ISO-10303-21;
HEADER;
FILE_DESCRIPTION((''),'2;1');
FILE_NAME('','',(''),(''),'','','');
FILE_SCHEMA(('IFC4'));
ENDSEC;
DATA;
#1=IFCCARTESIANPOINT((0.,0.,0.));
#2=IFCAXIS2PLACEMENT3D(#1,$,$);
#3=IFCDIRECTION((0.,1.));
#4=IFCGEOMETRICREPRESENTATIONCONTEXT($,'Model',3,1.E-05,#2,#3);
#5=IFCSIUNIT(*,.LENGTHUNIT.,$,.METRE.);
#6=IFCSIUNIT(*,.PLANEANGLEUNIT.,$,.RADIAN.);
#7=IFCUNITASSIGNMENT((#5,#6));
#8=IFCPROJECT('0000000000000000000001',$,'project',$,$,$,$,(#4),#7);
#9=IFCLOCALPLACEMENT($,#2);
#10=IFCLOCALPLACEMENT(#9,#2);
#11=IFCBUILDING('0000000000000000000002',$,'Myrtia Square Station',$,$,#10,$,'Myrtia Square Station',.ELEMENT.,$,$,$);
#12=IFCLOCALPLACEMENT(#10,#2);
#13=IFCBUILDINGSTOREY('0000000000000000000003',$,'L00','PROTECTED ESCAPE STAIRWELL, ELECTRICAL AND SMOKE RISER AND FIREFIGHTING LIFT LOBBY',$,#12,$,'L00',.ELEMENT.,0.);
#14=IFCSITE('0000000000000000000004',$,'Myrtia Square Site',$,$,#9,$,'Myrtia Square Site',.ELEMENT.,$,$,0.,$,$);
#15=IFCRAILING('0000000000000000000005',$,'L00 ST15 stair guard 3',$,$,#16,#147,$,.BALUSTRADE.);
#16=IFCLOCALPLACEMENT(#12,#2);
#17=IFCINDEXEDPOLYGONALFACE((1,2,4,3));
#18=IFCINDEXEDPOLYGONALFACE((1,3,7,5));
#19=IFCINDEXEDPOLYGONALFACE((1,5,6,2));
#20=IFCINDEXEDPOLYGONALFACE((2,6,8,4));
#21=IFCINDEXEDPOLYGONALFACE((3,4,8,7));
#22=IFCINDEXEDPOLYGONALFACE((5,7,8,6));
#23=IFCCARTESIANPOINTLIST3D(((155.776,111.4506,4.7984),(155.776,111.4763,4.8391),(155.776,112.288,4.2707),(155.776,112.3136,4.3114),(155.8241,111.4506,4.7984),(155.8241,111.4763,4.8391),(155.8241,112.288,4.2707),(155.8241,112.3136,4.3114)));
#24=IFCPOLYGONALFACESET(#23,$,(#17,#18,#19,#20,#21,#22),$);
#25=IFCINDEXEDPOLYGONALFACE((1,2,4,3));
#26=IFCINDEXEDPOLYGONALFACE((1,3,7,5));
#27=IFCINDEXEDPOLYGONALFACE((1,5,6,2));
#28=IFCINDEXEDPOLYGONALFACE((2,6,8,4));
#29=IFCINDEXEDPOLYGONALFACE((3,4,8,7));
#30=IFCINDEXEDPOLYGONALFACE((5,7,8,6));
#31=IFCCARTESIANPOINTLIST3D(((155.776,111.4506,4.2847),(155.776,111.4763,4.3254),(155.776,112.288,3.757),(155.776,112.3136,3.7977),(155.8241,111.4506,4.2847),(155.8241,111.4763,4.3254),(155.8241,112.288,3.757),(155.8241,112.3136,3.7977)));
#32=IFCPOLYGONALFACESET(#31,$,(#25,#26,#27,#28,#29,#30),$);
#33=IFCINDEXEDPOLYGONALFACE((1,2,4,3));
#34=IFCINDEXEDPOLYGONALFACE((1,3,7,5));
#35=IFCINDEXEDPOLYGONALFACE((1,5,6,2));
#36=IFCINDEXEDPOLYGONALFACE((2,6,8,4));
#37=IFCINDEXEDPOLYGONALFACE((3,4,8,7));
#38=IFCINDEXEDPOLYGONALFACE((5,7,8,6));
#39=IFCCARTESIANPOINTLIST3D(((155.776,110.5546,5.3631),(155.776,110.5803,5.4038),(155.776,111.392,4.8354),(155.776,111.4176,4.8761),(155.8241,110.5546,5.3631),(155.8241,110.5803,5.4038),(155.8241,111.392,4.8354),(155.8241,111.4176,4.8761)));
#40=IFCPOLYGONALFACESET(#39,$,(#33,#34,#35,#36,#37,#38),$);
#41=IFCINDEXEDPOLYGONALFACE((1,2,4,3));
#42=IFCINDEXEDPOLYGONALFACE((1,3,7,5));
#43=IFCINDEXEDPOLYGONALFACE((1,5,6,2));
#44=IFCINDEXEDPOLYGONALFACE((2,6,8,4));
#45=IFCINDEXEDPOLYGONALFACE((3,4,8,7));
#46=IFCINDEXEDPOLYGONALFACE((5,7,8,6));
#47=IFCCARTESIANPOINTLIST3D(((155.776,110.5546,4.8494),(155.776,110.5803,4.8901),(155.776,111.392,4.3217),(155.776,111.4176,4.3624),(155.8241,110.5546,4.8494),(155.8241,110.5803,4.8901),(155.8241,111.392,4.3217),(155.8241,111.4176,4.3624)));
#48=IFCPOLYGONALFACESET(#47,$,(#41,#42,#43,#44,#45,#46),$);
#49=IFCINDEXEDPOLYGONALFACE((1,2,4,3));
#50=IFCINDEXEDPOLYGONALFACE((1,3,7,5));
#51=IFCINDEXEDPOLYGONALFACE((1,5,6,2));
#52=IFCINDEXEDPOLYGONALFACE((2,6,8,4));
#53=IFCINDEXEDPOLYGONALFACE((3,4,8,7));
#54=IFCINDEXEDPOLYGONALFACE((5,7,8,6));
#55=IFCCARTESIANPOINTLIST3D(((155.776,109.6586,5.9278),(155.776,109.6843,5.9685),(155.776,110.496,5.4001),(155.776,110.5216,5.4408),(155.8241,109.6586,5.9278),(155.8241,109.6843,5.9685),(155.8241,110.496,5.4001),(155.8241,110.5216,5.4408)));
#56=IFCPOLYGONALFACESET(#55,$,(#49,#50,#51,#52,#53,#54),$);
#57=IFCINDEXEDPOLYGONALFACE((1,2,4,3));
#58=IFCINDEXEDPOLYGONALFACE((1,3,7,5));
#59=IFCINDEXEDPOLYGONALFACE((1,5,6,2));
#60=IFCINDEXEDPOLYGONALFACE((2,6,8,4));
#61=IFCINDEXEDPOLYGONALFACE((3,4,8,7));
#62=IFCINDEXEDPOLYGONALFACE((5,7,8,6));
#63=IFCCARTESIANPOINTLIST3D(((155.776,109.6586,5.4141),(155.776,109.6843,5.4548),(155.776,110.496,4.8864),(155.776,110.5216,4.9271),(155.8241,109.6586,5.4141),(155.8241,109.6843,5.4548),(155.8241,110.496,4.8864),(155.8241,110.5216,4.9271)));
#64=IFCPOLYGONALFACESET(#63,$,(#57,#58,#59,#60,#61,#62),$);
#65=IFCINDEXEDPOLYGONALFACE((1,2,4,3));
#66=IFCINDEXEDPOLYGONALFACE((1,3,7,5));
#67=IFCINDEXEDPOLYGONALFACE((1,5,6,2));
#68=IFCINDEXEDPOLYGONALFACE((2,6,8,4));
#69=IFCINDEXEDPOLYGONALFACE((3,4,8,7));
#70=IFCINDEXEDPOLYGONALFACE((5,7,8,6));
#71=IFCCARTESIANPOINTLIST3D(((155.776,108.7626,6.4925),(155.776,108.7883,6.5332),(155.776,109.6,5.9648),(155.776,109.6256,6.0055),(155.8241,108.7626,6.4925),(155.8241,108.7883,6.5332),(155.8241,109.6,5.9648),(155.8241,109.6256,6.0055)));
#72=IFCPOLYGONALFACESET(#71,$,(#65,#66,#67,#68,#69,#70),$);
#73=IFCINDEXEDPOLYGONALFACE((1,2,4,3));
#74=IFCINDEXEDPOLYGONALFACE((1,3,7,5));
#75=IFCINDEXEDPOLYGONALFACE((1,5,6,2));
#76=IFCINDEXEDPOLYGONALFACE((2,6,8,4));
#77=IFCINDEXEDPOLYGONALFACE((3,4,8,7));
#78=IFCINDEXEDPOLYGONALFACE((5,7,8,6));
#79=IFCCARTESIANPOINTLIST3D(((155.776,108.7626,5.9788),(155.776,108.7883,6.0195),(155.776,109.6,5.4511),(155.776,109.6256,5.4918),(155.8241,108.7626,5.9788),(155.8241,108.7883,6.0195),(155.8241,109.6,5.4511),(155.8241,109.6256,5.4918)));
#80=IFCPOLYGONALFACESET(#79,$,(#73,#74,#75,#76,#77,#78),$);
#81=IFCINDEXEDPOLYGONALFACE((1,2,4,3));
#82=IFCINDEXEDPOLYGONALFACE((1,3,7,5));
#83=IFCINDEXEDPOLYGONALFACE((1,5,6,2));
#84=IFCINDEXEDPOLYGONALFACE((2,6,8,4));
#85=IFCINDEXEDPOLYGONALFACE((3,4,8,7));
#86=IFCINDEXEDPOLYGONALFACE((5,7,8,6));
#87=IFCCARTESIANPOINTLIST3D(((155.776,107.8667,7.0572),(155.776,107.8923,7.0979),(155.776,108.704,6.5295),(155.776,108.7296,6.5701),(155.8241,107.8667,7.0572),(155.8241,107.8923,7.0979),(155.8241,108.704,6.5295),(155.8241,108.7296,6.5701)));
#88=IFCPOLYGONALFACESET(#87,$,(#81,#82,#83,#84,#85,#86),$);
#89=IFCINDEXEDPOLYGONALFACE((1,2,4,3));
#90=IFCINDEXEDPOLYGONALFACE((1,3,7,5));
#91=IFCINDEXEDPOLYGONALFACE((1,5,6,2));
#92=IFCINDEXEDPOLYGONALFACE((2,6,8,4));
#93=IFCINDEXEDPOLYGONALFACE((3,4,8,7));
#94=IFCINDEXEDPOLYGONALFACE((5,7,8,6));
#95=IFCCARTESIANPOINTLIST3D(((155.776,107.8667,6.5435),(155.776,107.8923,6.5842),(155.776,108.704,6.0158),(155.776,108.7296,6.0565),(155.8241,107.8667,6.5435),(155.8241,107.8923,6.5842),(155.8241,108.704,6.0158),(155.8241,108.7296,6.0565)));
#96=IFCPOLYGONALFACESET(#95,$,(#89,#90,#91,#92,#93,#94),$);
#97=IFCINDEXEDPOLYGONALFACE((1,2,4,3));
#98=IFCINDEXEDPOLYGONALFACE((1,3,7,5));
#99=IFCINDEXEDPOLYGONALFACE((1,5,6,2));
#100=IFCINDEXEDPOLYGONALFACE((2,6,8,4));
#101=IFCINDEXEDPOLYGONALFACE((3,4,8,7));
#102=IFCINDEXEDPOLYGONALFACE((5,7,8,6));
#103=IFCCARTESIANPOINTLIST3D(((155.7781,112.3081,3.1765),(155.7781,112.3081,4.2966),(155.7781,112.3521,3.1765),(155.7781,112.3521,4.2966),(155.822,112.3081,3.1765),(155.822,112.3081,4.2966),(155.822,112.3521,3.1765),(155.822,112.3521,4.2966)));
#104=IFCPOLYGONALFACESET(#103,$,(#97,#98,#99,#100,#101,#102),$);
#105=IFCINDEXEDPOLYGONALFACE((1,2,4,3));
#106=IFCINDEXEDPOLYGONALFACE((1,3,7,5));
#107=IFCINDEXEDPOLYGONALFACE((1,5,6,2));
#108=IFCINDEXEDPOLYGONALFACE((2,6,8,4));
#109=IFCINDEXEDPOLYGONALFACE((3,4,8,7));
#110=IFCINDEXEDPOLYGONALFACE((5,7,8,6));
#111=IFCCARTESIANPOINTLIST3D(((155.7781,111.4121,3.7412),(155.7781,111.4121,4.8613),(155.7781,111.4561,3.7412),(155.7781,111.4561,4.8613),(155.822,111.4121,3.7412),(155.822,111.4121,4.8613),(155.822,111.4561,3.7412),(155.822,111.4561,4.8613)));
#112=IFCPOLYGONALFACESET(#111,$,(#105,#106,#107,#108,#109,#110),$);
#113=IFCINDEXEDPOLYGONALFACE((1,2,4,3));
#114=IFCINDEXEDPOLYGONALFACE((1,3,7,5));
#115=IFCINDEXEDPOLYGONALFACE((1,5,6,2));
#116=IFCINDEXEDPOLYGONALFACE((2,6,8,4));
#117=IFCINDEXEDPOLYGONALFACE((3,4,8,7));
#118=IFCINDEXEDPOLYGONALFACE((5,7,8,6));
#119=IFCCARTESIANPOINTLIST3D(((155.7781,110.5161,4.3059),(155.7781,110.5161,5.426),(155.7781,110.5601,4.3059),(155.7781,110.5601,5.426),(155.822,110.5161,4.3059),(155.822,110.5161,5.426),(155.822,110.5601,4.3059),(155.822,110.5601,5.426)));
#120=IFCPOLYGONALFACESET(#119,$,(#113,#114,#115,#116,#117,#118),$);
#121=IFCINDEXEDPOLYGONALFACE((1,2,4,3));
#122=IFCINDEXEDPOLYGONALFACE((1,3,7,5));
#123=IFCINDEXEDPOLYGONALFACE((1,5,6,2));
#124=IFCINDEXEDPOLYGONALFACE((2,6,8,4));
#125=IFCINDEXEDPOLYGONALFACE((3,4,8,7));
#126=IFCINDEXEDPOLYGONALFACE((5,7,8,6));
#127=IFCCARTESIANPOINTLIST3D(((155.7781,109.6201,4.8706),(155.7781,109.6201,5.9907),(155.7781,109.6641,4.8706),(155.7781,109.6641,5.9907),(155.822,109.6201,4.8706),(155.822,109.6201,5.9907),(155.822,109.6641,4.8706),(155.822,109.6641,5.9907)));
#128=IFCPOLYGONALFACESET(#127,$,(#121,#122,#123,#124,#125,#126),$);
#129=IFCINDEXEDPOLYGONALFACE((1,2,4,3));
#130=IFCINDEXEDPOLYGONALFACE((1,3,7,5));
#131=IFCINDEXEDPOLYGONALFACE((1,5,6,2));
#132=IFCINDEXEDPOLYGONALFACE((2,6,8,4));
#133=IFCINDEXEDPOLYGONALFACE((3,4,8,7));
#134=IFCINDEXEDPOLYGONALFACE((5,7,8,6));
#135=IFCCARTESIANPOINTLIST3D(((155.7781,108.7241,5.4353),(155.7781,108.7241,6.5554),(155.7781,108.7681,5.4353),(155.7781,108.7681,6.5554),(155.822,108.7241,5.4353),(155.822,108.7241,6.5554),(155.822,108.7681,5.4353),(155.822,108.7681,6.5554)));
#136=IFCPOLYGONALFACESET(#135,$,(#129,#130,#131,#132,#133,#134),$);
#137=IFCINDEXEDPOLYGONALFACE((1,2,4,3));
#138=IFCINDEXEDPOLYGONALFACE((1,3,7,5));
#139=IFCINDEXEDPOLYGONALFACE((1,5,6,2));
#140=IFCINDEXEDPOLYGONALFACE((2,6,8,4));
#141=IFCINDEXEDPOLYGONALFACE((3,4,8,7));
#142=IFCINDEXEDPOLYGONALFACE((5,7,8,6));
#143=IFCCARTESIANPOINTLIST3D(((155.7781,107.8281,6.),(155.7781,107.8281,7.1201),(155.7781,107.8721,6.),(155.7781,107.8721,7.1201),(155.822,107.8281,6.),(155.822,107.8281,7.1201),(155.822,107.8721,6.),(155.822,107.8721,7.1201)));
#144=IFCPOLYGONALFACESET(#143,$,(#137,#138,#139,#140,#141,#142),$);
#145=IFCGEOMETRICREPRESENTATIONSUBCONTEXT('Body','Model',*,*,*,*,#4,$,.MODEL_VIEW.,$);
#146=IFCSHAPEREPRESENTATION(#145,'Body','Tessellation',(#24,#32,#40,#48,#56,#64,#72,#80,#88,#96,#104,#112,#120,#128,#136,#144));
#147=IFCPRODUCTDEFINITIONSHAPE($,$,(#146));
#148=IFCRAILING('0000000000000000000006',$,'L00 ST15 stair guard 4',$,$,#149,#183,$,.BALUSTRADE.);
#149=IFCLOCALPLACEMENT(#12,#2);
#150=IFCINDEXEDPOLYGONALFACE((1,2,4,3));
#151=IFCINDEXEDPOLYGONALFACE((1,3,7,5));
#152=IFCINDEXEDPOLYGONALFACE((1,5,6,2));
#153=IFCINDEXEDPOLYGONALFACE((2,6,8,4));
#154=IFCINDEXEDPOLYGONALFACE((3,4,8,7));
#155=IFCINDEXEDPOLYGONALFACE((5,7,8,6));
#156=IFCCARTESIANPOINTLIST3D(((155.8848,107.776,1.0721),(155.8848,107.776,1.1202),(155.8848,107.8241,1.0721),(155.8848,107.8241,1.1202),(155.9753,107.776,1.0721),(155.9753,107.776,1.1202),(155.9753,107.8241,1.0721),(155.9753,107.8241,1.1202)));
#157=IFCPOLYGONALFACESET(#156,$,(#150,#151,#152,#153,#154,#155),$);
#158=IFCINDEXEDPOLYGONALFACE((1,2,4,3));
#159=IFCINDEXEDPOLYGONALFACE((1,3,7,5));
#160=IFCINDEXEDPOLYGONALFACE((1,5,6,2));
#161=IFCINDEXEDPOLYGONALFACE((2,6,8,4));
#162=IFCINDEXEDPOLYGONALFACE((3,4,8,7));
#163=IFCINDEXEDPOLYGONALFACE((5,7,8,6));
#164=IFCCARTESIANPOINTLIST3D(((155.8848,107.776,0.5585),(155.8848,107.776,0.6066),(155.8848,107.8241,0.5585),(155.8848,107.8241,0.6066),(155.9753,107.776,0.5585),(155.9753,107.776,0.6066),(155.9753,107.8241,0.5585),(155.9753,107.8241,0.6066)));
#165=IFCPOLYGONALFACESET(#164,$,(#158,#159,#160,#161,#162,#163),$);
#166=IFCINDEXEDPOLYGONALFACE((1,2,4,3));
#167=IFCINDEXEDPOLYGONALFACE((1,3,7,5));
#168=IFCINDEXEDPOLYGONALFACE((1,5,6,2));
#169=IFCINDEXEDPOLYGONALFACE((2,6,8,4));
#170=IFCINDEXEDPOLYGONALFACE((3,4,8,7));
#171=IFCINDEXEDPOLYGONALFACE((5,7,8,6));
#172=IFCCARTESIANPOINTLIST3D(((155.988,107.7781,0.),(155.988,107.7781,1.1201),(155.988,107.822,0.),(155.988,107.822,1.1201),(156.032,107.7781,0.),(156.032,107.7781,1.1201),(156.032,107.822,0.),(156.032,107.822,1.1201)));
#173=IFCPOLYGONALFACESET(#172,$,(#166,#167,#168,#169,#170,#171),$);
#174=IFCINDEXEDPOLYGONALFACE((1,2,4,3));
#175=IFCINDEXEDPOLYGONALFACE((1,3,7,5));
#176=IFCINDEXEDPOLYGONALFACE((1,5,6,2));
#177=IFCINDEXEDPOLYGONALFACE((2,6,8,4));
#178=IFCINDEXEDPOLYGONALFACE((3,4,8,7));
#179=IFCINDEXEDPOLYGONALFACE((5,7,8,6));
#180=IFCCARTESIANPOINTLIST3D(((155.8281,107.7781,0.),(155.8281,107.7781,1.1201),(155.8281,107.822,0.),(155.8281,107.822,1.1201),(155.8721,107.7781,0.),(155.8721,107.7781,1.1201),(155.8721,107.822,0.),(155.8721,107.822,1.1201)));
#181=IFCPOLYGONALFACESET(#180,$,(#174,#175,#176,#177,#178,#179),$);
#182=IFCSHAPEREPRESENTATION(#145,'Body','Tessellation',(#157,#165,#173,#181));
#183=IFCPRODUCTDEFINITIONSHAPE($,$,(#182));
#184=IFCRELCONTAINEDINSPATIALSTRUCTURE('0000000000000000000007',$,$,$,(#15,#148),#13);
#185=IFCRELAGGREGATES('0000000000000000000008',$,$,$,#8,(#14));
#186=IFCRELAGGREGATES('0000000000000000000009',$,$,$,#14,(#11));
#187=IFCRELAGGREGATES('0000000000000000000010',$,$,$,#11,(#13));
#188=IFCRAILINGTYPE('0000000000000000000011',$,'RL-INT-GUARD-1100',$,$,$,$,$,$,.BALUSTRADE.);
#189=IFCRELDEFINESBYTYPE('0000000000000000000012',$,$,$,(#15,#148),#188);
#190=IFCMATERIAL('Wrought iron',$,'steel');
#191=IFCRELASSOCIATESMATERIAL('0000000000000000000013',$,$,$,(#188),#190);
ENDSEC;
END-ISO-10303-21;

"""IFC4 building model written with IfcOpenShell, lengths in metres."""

from ifc_helpers import new_model, si_unit, direction, frame, origin, origin_2d, place, context, subcontext, project, spatial, rectangle, extrude, material, type_object, element, save


model = new_model("IFC4")

# Units and contexts
model_context = context("Model", 3, precision=1e-05, world=origin(), true_north=direction((0.0, 1.0)))
body_context = subcontext(model_context, "Body", "Model", "MODEL_VIEW")
ifc_project = project(units=[si_unit("LENGTHUNIT", "METRE"), si_unit("PLANEANGLEUNIT", "RADIAN")], contexts=[model_context])

# Site, building, storey
site_placement = place(None, origin())
site = spatial("IfcSite", under=ifc_project, at=site_placement, Name="Myrtia Square Site", LongName="Myrtia Square Site", CompositionType="ELEMENT", RefElevation=0.0)
building_placement = place(site_placement, origin())
building = spatial("IfcBuilding", under=site, at=building_placement, Name="Myrtia Square Station", LongName="Myrtia Square Station", CompositionType="ELEMENT")
storey_placement = place(building_placement, origin())
storey = spatial("IfcBuildingStorey", under=building, at=storey_placement, Name="L00", Description="PROTECTED ESCAPE STAIRWELL, ELECTRICAL AND SMOKE RISER AND FIREFIGHTING LIFT LOBBY", LongName="L00", CompositionType="ELEMENT", Elevation=0.0)

# Railings
ifc_material_1 = material(Name="Wrought iron", Category="steel")
railing_type_1 = type_object("IfcRailingType", Name="RL-INT-GUARD-1100", PredefinedType="BALUSTRADE", material=ifc_material_1)
railing_1_placement = place(storey_placement, frame((155.8, 112.3301, 3.1765)))
element("IfcRailing", 1, at=railing_1_placement, inside=storey, type_object=railing_type_1, Name="L00 ST15 stair guard 3", PredefinedType="BALUSTRADE", context=body_context, shape_type="SweptSolid", body=[
    extrude(rectangle(XDim=0.0481, YDim=0.0481, at=origin_2d()), frame((0.0, -0.0293, 1.1145), z_axis=(0.0, -0.845998, 0.533186), x_axis=(1.0, 0.0, 0.0)), (0.0, 0.0, 1.0), 0.9897),
    extrude(rectangle(XDim=0.0481, YDim=0.0481, at=origin_2d()), frame((0.0, -0.0293, 0.6008), z_axis=(0.0, -0.845998, 0.533186), x_axis=(1.0, 0.0, 0.0)), (0.0, 0.0, 1.0), 0.9897),
    extrude(rectangle(XDim=0.0481, YDim=0.0481, at=origin_2d()), frame((0.0, -0.9253, 1.6792), z_axis=(0.0, -0.845998, 0.533186), x_axis=(1.0, 0.0, 0.0)), (0.0, 0.0, 1.0), 0.9897),
    extrude(rectangle(XDim=0.0481, YDim=0.0481, at=origin_2d()), frame((0.0, -0.9253, 1.1655), z_axis=(0.0, -0.845998, 0.533186), x_axis=(1.0, 0.0, 0.0)), (0.0, 0.0, 1.0), 0.9897),
    extrude(rectangle(XDim=0.0481, YDim=0.0481, at=origin_2d()), frame((0.0, -1.8213, 2.2439), z_axis=(0.0, -0.845998, 0.533186), x_axis=(1.0, 0.0, 0.0)), (0.0, 0.0, 1.0), 0.9897),
    extrude(rectangle(XDim=0.0481, YDim=0.0481, at=origin_2d()), frame((0.0, -1.8213, 1.7302), z_axis=(0.0, -0.845998, 0.533186), x_axis=(1.0, 0.0, 0.0)), (0.0, 0.0, 1.0), 0.9897),
    extrude(rectangle(XDim=0.0481, YDim=0.0481, at=origin_2d()), frame((0.0, -2.7173, 2.8086), z_axis=(0.0, -0.845998, 0.533186), x_axis=(1.0, 0.0, 0.0)), (0.0, 0.0, 1.0), 0.9897),
    extrude(rectangle(XDim=0.0481, YDim=0.0481, at=origin_2d()), frame((0.0, -2.7173, 2.2949), z_axis=(0.0, -0.845998, 0.533186), x_axis=(1.0, 0.0, 0.0)), (0.0, 0.0, 1.0), 0.9897),
    extrude(rectangle(XDim=0.0481, YDim=0.0481, at=origin_2d()), frame((0.0, -3.6133, 3.3733), z_axis=(0.0, -0.845998, 0.533186), x_axis=(1.0, 0.0, 0.0)), (0.0, 0.0, 1.0), 0.9897),
    extrude(rectangle(XDim=0.0481, YDim=0.0481, at=origin_2d()), frame((0.0, -3.6133, 2.8596), z_axis=(0.0, -0.845998, 0.533186), x_axis=(1.0, 0.0, 0.0)), (0.0, 0.0, 1.0), 0.9897),
    extrude(rectangle(XDim=0.0439, YDim=0.0439, at=origin_2d()), origin(), (0.0, 0.0, 1.0), 1.1201),
    extrude(rectangle(XDim=0.0439, YDim=0.0439, at=origin_2d()), frame((0.0, -0.896, 0.5647)), (0.0, 0.0, 1.0), 1.1201),
    extrude(rectangle(XDim=0.0439, YDim=0.0439, at=origin_2d()), frame((0.0, -1.792, 1.1294)), (0.0, 0.0, 1.0), 1.1201),
    extrude(rectangle(XDim=0.0439, YDim=0.0439, at=origin_2d()), frame((0.0, -2.688, 1.6941)), (0.0, 0.0, 1.0), 1.1201),
    extrude(rectangle(XDim=0.0439, YDim=0.0439, at=origin_2d()), frame((0.0, -3.584, 2.2588)), (0.0, 0.0, 1.0), 1.1201),
    extrude(rectangle(XDim=0.0439, YDim=0.0439, at=origin_2d()), frame((0.0, -4.48, 2.8235)), (0.0, 0.0, 1.0), 1.1201),
])
railing_2_placement = place(storey_placement, frame((156.01, 107.8, 0.0)))
element("IfcRailing", 2, at=railing_2_placement, inside=storey, type_object=railing_type_1, Name="L00 ST15 stair guard 4", PredefinedType="BALUSTRADE", context=body_context, shape_type="SweptSolid", body=[
    extrude(rectangle(XDim=0.0481, YDim=0.0481, at=origin_2d()), frame((-0.0347, 0.0, 1.0962), z_axis=(-1.0, 0.0, 0.0), x_axis=(0.0, -1.0, 0.0)), (0.0, 0.0, 1.0), 0.0906),
    extrude(rectangle(XDim=0.0481, YDim=0.0481, at=origin_2d()), frame((-0.0347, 0.0, 0.5825), z_axis=(-1.0, 0.0, 0.0), x_axis=(0.0, -1.0, 0.0)), (0.0, 0.0, 1.0), 0.0906),
    extrude(rectangle(XDim=0.0439, YDim=0.0439, at=origin_2d()), origin(), (0.0, 0.0, 1.0), 1.1201),
    extrude(rectangle(XDim=0.0439, YDim=0.0439, at=origin_2d()), frame((-0.1599, 0.0, 0.0)), (0.0, 0.0, 1.0), 1.1201),
])

save(model, "model.ifc")
